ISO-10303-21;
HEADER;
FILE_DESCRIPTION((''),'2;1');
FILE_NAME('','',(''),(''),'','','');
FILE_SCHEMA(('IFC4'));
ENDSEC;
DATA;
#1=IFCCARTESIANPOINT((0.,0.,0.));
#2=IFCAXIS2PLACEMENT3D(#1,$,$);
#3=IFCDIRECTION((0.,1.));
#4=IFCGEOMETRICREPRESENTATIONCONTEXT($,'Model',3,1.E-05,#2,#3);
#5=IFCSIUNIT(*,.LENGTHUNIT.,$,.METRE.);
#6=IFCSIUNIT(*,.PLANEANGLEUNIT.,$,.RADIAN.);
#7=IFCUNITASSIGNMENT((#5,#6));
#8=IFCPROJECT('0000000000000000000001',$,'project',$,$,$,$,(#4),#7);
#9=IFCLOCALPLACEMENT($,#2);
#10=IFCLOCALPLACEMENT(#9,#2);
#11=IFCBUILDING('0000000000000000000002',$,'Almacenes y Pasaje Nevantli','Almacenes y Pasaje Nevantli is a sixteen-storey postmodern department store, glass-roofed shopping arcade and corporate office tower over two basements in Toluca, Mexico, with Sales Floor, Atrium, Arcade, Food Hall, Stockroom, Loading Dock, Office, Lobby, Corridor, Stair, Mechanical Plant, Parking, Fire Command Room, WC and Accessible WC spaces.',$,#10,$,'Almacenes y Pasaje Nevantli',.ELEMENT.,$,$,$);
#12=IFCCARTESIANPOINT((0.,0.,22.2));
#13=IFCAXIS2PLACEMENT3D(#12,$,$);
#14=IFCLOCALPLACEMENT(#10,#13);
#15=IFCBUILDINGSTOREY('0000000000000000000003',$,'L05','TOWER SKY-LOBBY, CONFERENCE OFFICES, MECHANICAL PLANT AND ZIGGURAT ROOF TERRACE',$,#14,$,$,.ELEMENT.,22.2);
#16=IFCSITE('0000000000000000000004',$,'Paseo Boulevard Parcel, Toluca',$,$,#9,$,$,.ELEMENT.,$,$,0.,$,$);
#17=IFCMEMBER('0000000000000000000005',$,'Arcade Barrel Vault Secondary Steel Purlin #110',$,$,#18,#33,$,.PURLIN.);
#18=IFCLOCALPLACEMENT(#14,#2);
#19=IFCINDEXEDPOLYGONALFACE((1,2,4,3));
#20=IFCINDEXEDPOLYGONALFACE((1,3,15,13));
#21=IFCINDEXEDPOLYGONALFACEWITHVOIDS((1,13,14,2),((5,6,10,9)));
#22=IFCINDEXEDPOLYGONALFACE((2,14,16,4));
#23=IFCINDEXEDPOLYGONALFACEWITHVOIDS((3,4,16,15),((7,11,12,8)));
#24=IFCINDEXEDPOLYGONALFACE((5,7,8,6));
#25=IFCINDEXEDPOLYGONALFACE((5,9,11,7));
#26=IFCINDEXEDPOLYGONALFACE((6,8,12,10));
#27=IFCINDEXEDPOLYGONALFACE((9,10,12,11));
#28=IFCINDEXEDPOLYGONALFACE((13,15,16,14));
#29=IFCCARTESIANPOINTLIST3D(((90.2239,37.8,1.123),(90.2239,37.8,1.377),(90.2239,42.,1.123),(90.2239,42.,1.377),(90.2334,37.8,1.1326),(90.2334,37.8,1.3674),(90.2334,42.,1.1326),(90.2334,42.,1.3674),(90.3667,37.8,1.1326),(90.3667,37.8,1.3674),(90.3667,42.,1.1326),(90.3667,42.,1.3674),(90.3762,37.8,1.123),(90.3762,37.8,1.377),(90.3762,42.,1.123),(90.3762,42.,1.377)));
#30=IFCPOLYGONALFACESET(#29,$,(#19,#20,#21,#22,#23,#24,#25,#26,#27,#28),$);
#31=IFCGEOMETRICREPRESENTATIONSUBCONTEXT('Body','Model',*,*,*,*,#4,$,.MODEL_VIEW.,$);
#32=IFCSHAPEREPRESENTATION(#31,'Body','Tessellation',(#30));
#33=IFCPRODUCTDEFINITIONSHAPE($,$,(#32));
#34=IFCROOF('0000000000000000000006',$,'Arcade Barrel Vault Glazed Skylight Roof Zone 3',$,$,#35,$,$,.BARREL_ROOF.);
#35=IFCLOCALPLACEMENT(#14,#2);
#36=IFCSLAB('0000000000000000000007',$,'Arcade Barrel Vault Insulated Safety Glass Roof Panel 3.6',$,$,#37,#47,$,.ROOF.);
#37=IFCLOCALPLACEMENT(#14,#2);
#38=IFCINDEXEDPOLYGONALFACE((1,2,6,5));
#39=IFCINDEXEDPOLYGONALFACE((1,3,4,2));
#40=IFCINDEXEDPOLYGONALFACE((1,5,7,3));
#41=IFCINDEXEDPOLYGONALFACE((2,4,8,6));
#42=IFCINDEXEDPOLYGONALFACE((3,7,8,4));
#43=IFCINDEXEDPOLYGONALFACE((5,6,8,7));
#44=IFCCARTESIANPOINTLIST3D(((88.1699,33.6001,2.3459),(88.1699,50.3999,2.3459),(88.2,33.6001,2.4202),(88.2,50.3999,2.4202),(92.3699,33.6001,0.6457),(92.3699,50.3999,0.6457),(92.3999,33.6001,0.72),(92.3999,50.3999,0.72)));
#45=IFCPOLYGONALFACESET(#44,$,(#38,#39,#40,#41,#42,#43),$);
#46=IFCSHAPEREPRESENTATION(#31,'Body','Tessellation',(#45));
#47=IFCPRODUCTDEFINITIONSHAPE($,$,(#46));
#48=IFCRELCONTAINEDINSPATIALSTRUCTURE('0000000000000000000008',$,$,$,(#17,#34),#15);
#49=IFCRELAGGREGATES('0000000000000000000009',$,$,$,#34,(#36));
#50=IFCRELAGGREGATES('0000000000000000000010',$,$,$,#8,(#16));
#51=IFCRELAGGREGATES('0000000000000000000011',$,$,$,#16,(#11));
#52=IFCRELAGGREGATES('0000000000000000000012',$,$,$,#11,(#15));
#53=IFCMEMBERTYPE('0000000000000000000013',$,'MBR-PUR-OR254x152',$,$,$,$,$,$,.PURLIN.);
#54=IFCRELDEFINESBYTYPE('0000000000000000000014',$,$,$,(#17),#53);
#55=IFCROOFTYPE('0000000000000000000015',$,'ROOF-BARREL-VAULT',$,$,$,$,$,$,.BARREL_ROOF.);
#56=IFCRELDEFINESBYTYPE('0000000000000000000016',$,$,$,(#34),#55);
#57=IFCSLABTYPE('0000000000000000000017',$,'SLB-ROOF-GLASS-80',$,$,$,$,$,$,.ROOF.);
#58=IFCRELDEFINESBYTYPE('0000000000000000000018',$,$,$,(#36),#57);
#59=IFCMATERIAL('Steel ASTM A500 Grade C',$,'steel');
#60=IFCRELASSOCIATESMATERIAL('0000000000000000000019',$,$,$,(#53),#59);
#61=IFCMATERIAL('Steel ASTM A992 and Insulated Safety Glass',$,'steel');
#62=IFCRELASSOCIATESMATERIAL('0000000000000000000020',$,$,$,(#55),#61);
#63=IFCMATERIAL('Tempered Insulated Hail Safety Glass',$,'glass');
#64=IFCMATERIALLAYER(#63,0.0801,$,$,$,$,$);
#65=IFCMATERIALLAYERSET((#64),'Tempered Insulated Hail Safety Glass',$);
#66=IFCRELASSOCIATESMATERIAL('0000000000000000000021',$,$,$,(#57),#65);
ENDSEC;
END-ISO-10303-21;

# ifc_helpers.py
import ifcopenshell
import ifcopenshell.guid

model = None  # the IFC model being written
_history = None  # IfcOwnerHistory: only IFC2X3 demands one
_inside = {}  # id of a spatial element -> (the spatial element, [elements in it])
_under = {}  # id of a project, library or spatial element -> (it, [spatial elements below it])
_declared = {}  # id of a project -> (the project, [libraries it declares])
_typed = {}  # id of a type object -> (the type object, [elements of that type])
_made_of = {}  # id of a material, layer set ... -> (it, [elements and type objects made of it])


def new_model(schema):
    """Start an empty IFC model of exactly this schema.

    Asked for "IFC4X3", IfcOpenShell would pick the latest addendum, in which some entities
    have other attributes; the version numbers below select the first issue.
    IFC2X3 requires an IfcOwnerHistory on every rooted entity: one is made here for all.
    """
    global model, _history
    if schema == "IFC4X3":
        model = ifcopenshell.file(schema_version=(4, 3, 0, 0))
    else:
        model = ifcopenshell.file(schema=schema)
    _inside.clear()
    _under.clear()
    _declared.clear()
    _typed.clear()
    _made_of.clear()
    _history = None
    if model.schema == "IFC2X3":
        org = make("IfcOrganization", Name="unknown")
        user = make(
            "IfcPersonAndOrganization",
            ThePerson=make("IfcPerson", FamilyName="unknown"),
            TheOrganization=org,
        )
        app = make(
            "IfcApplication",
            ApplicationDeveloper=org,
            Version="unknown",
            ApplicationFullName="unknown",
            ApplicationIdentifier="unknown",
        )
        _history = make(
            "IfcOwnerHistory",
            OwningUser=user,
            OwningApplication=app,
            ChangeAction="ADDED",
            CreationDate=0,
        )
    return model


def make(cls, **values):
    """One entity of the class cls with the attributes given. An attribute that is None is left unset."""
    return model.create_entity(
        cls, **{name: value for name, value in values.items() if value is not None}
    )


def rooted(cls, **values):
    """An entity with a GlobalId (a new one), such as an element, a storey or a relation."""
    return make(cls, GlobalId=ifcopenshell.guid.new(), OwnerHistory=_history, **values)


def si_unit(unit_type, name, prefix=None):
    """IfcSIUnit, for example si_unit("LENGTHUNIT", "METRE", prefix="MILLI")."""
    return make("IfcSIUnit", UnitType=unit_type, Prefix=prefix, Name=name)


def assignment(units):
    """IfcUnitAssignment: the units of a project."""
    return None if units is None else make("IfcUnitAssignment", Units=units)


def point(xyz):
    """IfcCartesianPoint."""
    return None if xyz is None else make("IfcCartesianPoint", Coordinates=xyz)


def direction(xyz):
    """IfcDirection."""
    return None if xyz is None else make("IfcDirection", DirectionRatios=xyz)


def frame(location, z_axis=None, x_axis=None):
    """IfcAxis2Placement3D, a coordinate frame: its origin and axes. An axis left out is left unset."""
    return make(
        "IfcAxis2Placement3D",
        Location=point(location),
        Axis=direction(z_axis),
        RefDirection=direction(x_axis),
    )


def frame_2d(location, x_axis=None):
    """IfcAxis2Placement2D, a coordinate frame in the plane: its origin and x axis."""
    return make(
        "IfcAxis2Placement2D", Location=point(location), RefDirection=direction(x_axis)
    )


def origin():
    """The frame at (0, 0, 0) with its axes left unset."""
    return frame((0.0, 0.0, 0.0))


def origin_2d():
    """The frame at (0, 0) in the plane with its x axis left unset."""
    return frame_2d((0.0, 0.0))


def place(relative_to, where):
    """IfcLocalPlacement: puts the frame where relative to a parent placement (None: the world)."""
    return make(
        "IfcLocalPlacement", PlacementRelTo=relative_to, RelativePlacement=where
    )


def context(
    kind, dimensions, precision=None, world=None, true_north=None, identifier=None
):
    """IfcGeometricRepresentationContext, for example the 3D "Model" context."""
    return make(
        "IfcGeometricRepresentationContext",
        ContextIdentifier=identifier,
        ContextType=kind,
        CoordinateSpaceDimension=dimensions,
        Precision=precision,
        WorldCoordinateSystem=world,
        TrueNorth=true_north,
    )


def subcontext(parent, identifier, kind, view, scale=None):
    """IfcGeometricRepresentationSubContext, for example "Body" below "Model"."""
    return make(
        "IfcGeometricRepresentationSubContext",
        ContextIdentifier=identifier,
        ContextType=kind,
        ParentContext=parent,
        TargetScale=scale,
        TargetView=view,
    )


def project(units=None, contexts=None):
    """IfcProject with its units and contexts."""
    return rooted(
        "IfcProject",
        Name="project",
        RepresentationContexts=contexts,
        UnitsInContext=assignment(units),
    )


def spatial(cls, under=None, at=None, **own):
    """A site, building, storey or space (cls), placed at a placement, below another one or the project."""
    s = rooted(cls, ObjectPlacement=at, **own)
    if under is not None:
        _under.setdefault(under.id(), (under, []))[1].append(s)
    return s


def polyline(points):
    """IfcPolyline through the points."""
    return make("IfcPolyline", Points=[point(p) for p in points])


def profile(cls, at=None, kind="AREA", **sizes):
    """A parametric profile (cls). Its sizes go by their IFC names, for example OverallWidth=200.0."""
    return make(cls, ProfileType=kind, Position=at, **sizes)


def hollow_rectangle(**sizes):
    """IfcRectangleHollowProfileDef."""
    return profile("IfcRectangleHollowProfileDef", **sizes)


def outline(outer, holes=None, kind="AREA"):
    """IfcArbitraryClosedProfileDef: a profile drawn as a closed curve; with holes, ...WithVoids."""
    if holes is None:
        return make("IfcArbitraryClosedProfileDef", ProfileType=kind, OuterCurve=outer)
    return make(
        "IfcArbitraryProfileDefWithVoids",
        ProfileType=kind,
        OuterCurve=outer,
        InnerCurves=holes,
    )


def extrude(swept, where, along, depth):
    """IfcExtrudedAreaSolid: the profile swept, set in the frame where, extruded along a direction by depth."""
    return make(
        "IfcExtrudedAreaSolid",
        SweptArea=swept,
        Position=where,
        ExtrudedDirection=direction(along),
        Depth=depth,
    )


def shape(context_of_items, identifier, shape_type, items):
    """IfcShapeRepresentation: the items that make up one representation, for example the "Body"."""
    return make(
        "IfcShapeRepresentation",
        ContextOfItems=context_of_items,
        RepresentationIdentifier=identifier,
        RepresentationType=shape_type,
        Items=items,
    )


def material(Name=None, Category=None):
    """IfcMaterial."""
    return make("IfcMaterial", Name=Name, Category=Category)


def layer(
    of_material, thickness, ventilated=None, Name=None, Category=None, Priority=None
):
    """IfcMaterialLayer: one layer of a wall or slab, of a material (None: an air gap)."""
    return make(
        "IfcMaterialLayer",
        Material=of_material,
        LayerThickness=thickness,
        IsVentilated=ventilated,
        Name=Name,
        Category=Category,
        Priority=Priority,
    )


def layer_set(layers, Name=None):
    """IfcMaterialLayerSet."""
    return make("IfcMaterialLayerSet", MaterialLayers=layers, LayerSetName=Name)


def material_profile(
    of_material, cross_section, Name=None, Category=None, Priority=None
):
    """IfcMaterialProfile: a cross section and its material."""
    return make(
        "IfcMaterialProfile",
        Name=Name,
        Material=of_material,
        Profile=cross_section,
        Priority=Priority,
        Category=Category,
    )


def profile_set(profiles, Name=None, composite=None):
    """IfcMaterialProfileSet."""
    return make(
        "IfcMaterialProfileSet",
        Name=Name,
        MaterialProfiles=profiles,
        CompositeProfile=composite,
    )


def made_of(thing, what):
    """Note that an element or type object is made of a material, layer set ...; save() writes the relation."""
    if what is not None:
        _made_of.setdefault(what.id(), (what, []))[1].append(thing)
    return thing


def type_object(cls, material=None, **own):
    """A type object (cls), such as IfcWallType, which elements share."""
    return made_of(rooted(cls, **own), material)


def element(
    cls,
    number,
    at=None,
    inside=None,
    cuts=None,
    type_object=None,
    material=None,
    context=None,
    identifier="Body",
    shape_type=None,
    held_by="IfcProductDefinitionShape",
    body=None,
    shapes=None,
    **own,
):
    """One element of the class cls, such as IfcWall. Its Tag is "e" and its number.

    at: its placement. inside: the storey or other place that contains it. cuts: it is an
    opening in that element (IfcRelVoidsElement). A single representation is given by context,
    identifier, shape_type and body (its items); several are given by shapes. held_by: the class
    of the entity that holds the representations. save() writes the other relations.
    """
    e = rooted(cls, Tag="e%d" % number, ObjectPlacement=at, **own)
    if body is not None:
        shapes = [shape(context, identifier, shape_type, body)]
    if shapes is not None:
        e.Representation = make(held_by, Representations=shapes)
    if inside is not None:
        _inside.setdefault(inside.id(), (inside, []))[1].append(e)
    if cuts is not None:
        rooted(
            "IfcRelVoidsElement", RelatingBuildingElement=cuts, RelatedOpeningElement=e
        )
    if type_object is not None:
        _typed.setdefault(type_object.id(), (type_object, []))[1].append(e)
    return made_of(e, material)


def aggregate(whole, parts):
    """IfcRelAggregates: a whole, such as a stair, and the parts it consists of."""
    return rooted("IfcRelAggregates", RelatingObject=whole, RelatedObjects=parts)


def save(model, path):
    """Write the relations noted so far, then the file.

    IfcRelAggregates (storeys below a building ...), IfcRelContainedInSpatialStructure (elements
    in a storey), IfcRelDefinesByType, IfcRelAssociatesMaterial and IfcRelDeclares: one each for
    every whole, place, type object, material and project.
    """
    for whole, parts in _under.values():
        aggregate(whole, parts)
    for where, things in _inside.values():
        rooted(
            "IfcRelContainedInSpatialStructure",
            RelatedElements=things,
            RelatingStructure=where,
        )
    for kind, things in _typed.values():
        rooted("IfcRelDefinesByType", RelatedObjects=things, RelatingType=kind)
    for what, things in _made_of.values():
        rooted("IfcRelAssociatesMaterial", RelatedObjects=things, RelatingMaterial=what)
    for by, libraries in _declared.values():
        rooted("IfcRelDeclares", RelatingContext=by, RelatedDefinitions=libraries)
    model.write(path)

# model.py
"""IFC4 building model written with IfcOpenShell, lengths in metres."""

from ifc_helpers import new_model, si_unit, direction, frame, origin, origin_2d, place, context, subcontext, project, spatial, polyline, hollow_rectangle, outline, extrude, material, layer, layer_set, material_profile, profile_set, type_object, element, aggregate, save


model = new_model("IFC4")

# Units and contexts
model_context = context("Model", 3, precision=1e-05, world=origin(), true_north=direction((0.0, 1.0)))
body_context = subcontext(model_context, "Body", "Model", "MODEL_VIEW")
ifc_project = project(units=[si_unit("LENGTHUNIT", "METRE"), si_unit("PLANEANGLEUNIT", "RADIAN")], contexts=[model_context])

# Site, building, storey
site_placement = place(None, origin())
site = spatial("IfcSite", under=ifc_project, at=site_placement, Name="Paseo Boulevard Parcel, Toluca", CompositionType="ELEMENT", RefElevation=0.0)
building_placement = place(site_placement, origin())
building = spatial("IfcBuilding", under=site, at=building_placement, Name="Almacenes y Pasaje Nevantli", Description="Almacenes y Pasaje Nevantli is a sixteen-storey postmodern department store, glass-roofed shopping arcade and corporate office tower over two basements in Toluca, Mexico, with Sales Floor, Atrium, Arcade, Food Hall, Stockroom, Loading Dock, Office, Lobby, Corridor, Stair, Mechanical Plant, Parking, Fire Command Room, WC and Accessible WC spaces.", LongName="Almacenes y Pasaje Nevantli", CompositionType="ELEMENT")
storey_placement = place(building_placement, frame((0.0, 0.0, 22.2)))
storey = spatial("IfcBuildingStorey", under=building, at=storey_placement, Name="L05", Description="TOWER SKY-LOBBY, CONFERENCE OFFICES, MECHANICAL PLANT AND ZIGGURAT ROOF TERRACE", CompositionType="ELEMENT", Elevation=22.2)

# Member
ifc_material_1 = material(Name="Steel ASTM A500 Grade C", Category="steel")
ifc_material_profile_1 = material_profile(ifc_material_1, hollow_rectangle(XDim=0.1523, YDim=0.2539, WallThickness=0.0095, at=origin_2d()), Name="OR 254x152x9.5")
ifc_profile_set_1 = profile_set([ifc_material_profile_1], Name="Steel ASTM A500 Grade C")
member_type_1 = type_object("IfcMemberType", Name="MBR-PUR-OR254x152", PredefinedType="PURLIN", material=ifc_profile_set_1)
for number, where, z_axis, x_axis, name in (
    (1, (90.3, 37.8, 1.25), (0.0, 1.0, 0.0), (-1.0, 0.0, 0.0), "Arcade Barrel Vault Secondary Steel Purlin #110"),
):
    element("IfcMember", number, at=place(storey_placement, frame(where, z_axis=z_axis, x_axis=x_axis)), inside=storey, type_object=member_type_1, Name=name, PredefinedType="PURLIN", context=body_context, shape_type="SweptSolid", body=[
        extrude(hollow_rectangle(XDim=0.1523, YDim=0.2539, WallThickness=0.0095, at=origin_2d()), origin(), (0.0, 0.0, 1.0), 4.2),
    ])

# Roof, slab
ifc_material_2 = material(Name="Steel ASTM A992 and Insulated Safety Glass", Category="steel")
roof_type = type_object("IfcRoofType", Name="ROOF-BARREL-VAULT", PredefinedType="BARREL_ROOF", material=ifc_material_2)
roof_placement = place(storey_placement, origin())
roof = element("IfcRoof", 2, at=roof_placement, inside=storey, type_object=roof_type, Name="Arcade Barrel Vault Glazed Skylight Roof Zone 3", PredefinedType="BARREL_ROOF")
ifc_material_3 = material(Name="Tempered Insulated Hail Safety Glass", Category="glass")
ifc_layer = layer(ifc_material_3, 0.0801)
ifc_layer_set = layer_set([ifc_layer], Name="Tempered Insulated Hail Safety Glass")
slab_type = type_object("IfcSlabType", Name="SLB-ROOF-GLASS-80", PredefinedType="ROOF", material=ifc_layer_set)
slab_placement = place(storey_placement, frame((88.2, 33.6001, 2.4202), z_axis=(0.375234, 0.0, 0.92693), x_axis=(0.92693, 0.0, -0.375234)))
slab = element("IfcSlab", 3, at=slab_placement, type_object=slab_type, Name="Arcade Barrel Vault Insulated Safety Glass Roof Panel 3.6", PredefinedType="ROOF", context=body_context, shape_type="SweptSolid", body=[
    extrude(outline(polyline([(0.0, 0.0), (4.531, 0.0), (4.531, 16.7998), (0.0, 16.7998), (0.0, 0.0)])), origin(), (0.0, 0.0, -1.0), 0.0801),
])
aggregate(roof, [slab])

save(model, "model.ifc")
